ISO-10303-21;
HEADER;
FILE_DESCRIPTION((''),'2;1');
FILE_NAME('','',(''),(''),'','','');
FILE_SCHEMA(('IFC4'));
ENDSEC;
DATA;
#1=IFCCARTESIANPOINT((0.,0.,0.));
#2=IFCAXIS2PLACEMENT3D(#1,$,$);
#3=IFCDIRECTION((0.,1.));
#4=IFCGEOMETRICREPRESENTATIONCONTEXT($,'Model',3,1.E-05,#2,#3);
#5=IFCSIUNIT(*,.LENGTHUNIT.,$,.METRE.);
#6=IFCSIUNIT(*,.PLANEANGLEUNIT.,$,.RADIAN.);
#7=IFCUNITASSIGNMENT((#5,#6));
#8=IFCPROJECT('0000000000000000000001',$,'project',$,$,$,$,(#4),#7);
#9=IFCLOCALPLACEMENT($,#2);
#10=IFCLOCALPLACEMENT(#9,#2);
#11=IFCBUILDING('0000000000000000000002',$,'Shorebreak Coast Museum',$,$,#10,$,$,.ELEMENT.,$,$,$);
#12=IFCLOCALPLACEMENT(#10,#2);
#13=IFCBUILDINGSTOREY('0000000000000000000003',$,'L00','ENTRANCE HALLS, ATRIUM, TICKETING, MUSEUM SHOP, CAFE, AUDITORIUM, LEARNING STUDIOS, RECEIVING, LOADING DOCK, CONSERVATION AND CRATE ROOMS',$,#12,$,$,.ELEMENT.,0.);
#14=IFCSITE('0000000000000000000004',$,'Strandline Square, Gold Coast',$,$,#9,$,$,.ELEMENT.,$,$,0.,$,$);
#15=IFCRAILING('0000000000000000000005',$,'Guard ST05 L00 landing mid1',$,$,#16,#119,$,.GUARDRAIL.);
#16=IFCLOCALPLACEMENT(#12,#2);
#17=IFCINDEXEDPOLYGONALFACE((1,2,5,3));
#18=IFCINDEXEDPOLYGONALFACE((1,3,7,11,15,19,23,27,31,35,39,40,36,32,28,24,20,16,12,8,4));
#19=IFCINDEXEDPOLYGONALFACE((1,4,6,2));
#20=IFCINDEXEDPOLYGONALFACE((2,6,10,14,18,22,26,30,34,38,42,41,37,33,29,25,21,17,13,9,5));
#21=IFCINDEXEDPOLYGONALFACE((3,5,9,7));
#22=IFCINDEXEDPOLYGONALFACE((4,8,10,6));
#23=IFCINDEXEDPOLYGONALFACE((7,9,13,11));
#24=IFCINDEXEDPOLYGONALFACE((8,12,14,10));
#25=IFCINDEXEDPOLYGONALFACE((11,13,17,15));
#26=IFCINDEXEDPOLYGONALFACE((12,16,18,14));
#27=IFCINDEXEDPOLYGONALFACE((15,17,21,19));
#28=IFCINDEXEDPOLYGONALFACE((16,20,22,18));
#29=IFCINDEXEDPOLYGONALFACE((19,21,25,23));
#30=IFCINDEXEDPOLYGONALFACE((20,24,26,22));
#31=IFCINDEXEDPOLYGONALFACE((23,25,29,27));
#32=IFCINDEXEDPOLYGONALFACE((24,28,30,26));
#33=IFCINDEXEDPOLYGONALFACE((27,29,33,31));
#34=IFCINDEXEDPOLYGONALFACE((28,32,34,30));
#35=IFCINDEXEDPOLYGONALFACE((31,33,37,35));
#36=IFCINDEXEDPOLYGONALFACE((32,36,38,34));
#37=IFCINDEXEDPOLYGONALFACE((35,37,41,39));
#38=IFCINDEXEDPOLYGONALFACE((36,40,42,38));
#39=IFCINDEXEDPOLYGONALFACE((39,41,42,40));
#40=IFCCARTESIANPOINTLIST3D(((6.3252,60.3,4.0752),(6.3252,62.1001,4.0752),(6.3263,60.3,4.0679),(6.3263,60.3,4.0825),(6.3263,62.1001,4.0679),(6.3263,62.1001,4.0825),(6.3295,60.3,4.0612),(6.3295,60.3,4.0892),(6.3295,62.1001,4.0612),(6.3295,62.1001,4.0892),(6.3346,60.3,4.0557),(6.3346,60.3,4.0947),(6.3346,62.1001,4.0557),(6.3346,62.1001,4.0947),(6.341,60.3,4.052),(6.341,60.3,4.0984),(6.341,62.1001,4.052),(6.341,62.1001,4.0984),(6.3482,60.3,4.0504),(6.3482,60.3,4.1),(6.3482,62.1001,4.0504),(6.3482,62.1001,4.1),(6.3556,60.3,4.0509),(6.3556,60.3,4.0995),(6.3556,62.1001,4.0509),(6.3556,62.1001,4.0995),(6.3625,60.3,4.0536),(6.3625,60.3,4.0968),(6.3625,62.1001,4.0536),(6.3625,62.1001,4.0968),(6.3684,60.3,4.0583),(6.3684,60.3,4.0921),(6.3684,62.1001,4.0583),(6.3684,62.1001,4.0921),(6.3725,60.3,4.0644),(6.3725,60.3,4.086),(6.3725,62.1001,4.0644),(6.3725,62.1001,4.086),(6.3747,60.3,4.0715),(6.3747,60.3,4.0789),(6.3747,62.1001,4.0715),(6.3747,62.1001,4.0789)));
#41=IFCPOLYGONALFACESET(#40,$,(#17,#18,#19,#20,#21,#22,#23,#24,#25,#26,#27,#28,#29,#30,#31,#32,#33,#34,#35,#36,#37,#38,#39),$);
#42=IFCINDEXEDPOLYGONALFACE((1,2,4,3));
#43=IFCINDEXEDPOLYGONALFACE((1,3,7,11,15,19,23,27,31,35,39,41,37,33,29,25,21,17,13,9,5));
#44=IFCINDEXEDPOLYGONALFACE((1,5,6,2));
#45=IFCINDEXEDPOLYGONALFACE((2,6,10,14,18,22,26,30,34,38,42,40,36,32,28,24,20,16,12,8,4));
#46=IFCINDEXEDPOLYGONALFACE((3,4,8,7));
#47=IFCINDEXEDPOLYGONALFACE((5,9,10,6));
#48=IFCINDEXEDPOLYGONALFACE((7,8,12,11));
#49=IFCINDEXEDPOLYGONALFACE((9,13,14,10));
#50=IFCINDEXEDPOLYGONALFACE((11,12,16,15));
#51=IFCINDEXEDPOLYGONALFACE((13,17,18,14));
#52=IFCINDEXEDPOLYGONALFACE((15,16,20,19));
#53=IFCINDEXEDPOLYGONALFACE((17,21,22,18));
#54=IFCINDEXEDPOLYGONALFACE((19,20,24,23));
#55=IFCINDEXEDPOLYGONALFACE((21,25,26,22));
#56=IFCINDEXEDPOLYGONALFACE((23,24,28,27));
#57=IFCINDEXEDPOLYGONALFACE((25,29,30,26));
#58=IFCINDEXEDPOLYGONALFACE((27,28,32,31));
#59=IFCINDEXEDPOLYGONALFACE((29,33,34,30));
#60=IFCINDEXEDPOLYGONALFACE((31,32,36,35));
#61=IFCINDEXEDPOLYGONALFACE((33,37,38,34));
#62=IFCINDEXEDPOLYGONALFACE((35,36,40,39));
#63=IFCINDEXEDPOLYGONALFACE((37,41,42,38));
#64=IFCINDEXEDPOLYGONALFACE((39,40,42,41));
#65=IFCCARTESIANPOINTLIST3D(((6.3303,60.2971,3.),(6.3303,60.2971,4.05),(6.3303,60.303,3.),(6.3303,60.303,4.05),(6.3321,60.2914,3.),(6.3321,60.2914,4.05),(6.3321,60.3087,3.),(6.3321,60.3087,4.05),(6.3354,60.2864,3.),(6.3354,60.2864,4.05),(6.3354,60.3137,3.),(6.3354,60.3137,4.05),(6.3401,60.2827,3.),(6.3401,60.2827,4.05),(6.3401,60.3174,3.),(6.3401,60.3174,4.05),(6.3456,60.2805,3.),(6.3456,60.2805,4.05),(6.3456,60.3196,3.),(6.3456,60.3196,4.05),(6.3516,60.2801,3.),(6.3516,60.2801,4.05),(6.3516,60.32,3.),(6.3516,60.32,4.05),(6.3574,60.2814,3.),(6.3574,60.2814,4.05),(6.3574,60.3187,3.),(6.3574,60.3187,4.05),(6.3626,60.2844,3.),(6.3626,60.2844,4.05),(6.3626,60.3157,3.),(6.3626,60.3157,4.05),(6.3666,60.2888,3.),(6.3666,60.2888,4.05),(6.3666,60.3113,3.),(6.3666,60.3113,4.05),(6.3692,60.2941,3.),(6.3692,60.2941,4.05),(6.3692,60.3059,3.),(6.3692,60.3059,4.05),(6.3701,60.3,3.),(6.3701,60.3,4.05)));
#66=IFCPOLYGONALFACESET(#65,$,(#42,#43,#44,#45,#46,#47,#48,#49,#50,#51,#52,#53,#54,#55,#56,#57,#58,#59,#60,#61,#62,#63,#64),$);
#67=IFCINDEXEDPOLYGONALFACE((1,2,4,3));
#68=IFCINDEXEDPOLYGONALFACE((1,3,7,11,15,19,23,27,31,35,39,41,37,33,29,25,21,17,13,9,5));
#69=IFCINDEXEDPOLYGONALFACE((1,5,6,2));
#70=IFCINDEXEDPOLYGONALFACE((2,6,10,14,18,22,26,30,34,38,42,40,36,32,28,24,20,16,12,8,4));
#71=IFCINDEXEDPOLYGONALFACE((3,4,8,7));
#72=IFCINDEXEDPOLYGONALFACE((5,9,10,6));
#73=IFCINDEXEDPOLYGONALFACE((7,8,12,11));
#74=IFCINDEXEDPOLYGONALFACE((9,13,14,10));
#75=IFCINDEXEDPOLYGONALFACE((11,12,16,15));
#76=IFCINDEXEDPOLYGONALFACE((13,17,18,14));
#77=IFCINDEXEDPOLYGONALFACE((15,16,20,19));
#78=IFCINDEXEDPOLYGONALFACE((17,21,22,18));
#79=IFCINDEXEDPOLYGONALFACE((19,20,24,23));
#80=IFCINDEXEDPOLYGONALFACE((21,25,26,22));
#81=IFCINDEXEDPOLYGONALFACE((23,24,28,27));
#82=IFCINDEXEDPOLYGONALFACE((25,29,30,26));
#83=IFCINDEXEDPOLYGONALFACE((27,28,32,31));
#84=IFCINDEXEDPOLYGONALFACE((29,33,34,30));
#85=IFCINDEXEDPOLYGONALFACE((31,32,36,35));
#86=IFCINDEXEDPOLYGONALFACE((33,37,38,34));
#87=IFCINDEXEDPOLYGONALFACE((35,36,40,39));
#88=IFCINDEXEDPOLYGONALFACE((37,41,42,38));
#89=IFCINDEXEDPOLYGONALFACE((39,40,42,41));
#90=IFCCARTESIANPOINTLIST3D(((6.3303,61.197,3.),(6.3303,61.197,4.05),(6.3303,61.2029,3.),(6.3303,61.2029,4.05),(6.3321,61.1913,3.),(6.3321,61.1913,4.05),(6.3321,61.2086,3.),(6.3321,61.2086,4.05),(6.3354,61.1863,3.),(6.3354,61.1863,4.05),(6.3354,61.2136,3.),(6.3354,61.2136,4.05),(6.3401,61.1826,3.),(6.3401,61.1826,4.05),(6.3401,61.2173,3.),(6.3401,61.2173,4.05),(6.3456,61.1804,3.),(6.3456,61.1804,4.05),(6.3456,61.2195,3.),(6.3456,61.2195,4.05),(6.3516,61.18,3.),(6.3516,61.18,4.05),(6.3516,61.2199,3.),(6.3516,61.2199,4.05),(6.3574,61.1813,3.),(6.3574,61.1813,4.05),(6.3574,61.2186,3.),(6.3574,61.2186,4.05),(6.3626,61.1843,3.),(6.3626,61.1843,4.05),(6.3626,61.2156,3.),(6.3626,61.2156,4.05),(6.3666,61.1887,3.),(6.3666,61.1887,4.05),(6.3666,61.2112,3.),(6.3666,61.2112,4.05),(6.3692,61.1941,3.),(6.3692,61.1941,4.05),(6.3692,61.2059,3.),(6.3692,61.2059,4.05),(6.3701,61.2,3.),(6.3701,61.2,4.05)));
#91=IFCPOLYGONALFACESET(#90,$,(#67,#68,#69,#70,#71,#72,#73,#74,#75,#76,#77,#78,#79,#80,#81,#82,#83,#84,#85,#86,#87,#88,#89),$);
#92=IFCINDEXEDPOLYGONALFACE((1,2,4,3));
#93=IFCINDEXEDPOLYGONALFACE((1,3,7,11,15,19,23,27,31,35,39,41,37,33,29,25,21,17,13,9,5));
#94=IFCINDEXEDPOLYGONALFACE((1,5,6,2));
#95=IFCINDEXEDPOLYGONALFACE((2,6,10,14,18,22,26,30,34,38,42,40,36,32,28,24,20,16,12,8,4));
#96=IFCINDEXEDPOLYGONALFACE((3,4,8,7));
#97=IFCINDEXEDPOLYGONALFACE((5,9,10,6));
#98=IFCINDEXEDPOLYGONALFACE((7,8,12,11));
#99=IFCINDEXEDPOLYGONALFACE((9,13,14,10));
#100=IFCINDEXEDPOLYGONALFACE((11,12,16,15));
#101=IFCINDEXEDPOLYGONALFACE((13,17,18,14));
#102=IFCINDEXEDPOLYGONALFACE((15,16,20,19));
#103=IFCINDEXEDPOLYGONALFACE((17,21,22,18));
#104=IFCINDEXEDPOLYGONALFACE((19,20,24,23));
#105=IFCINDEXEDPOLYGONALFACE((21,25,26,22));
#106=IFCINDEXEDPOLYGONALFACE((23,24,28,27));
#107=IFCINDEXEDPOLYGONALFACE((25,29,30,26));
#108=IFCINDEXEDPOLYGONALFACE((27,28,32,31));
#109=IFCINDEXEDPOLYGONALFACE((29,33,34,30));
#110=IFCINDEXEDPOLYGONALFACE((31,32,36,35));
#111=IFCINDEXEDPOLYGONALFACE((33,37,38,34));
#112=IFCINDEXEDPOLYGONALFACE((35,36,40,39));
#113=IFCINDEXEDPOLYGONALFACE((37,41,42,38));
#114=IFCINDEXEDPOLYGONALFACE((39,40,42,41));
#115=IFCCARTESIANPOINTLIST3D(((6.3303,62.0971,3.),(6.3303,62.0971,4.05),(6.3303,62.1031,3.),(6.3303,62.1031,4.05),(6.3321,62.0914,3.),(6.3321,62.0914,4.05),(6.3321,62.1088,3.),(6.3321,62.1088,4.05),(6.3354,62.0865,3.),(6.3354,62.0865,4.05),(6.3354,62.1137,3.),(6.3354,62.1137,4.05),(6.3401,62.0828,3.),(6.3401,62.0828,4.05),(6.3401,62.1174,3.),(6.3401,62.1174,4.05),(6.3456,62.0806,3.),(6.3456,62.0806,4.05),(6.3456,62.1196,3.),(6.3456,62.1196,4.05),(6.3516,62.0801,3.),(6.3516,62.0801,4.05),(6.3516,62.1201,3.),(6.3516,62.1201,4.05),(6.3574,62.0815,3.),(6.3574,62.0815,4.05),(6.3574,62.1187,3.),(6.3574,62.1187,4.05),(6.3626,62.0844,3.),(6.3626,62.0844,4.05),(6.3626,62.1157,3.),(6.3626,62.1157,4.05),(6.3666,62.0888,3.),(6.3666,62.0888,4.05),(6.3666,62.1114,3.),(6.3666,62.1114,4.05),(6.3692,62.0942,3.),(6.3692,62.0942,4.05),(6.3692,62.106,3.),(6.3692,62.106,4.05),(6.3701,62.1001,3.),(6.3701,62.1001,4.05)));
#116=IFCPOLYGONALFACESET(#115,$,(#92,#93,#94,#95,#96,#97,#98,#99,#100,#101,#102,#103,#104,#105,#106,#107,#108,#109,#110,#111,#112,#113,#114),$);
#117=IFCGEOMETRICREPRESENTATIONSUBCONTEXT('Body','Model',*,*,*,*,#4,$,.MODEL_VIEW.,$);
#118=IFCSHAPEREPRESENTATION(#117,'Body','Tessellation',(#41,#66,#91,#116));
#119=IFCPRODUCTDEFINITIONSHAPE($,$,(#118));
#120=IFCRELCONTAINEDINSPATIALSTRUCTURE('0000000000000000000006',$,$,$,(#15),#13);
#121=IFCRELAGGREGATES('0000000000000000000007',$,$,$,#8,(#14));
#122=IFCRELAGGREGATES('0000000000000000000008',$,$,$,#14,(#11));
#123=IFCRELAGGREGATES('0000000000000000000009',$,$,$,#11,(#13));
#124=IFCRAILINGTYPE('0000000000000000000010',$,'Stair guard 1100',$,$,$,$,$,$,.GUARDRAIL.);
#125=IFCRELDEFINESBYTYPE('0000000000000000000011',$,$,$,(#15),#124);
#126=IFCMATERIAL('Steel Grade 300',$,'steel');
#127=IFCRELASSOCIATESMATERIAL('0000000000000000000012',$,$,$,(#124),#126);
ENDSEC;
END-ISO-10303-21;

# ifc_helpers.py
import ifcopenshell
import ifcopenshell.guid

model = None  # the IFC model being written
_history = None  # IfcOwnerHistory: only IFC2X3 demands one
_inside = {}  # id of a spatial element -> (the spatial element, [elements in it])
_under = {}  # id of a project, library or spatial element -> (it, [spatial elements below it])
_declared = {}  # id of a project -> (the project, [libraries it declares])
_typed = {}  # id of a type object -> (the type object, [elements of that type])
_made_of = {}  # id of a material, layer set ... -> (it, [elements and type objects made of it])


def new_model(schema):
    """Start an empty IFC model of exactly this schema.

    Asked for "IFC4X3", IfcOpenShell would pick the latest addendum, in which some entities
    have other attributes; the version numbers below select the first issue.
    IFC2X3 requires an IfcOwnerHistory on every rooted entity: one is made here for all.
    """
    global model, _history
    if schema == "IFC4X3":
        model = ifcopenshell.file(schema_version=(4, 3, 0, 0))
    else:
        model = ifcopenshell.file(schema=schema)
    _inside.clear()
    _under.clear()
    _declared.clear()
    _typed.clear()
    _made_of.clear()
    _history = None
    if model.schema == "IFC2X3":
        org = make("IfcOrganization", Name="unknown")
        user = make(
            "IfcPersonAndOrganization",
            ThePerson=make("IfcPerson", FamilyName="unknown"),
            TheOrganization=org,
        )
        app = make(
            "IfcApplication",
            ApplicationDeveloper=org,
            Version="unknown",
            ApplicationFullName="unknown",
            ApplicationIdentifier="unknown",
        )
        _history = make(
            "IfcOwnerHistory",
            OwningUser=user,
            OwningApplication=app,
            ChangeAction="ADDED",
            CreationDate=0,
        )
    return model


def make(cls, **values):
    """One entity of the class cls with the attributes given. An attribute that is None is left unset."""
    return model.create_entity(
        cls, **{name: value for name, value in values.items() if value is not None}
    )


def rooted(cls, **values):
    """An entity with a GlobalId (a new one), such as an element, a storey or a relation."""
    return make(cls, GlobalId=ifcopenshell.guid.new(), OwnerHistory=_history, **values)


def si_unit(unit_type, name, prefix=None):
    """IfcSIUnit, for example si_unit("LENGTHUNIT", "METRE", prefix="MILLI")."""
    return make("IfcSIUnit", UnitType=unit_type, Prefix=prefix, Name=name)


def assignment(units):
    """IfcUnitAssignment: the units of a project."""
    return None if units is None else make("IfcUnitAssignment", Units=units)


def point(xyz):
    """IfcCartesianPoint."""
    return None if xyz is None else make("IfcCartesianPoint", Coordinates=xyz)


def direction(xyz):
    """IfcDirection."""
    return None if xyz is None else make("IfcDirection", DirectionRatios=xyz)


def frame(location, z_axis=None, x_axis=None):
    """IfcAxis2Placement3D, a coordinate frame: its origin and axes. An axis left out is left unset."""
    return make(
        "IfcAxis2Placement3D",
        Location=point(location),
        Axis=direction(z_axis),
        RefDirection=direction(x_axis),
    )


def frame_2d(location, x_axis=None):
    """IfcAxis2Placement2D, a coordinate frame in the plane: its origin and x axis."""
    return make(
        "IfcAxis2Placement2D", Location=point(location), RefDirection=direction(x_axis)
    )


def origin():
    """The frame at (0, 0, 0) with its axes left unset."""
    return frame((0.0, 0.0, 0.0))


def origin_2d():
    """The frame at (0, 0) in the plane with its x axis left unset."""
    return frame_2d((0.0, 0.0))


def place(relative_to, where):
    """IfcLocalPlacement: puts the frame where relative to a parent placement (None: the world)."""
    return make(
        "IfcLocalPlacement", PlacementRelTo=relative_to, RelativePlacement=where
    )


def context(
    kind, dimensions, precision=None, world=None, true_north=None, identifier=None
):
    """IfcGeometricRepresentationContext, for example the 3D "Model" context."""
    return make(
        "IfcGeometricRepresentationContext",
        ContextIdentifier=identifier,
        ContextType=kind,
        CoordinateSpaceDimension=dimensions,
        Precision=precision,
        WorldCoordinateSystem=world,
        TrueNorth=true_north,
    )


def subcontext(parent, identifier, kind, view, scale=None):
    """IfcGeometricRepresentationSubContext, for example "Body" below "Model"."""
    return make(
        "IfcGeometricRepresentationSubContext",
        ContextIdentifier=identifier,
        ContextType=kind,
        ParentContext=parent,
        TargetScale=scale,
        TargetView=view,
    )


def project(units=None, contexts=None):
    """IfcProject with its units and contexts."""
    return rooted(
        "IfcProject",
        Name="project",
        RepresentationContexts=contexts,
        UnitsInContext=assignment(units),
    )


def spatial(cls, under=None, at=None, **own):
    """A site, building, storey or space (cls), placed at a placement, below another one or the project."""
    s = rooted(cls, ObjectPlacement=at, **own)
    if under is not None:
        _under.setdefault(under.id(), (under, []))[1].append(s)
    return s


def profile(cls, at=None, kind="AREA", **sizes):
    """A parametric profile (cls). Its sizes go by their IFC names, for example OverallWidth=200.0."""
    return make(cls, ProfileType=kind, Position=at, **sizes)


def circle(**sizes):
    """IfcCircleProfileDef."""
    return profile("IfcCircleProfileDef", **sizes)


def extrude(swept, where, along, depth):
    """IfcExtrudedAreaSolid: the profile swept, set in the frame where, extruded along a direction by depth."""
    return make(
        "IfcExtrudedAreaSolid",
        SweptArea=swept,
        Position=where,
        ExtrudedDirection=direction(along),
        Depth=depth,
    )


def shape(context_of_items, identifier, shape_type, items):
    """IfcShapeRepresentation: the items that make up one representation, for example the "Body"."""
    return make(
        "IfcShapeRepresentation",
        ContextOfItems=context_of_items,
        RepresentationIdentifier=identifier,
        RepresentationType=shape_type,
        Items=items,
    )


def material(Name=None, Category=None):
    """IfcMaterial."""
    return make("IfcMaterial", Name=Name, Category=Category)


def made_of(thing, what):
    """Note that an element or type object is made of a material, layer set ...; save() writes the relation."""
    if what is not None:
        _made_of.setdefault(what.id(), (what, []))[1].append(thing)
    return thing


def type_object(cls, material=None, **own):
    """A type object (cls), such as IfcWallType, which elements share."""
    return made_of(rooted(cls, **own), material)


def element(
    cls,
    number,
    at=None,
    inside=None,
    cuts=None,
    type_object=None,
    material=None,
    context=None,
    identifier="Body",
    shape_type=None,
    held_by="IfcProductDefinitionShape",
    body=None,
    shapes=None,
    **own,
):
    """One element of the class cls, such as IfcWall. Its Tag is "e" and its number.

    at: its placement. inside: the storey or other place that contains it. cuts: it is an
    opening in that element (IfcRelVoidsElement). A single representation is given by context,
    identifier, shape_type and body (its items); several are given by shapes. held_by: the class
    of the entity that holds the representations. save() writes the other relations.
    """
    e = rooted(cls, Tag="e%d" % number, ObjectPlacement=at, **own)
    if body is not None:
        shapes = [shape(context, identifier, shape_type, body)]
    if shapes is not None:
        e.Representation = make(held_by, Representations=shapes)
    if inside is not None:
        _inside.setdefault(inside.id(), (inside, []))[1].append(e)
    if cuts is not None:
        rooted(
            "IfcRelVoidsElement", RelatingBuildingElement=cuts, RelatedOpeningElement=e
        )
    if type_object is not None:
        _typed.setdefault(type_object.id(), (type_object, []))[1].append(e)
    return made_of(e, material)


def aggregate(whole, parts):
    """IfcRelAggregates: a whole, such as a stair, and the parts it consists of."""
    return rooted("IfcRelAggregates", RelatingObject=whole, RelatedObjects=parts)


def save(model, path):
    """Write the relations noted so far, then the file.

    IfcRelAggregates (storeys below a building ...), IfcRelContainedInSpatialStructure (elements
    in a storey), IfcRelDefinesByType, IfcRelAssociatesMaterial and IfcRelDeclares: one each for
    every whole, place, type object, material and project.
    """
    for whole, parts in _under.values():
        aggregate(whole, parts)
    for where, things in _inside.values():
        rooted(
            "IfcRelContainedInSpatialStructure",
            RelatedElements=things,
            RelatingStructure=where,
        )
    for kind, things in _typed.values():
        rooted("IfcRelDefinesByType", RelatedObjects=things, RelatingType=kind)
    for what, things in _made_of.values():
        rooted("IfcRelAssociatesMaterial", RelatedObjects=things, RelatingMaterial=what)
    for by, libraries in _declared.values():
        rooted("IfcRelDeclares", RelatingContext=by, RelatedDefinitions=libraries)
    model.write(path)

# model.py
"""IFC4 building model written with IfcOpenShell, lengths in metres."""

from ifc_helpers import new_model, si_unit, direction, frame, origin, origin_2d, place, context, subcontext, project, spatial, circle, extrude, material, type_object, element, save


model = new_model("IFC4")

# Units and contexts
model_context = context("Model", 3, precision=1e-05, world=origin(), true_north=direction((0.0, 1.0)))
body_context = subcontext(model_context, "Body", "Model", "MODEL_VIEW")
ifc_project = project(units=[si_unit("LENGTHUNIT", "METRE"), si_unit("PLANEANGLEUNIT", "RADIAN")], contexts=[model_context])

# Site, building, storey
site_placement = place(None, origin())
site = spatial("IfcSite", under=ifc_project, at=site_placement, Name="Strandline Square, Gold Coast", CompositionType="ELEMENT", RefElevation=0.0)
building_placement = place(site_placement, origin())
building = spatial("IfcBuilding", under=site, at=building_placement, Name="Shorebreak Coast Museum", CompositionType="ELEMENT")
storey_placement = place(building_placement, origin())
storey = spatial("IfcBuildingStorey", under=building, at=storey_placement, Name="L00", Description="ENTRANCE HALLS, ATRIUM, TICKETING, MUSEUM SHOP, CAFE, AUDITORIUM, LEARNING STUDIOS, RECEIVING, LOADING DOCK, CONSERVATION AND CRATE ROOMS", CompositionType="ELEMENT", Elevation=0.0)

# Railing
ifc_material_1 = material(Name="Steel Grade 300", Category="steel")
railing_type_1 = type_object("IfcRailingType", Name="Stair guard 1100", PredefinedType="GUARDRAIL", material=ifc_material_1)
railing_1_placement = place(storey_placement, frame((6.3501, 60.3, 3.0)))
element("IfcRailing", 1, at=railing_1_placement, inside=storey, type_object=railing_type_1, Name="Guard ST05 L00 landing mid1", PredefinedType="GUARDRAIL", context=body_context, shape_type="SweptSolid", body=[
    extrude(circle(Radius=0.0249, at=origin_2d()), frame((0.0, 0.0, 1.0752), z_axis=(0.0, 1.0, 0.0), x_axis=(-1.0, 0.0, 0.0)), (0.0, 0.0, 1.0), 1.8),
    extrude(circle(Radius=0.02, at=origin_2d()), origin(), (0.0, 0.0, 1.0), 1.05),
    extrude(circle(Radius=0.02, at=origin_2d()), frame((0.0, 0.8999, 0.0)), (0.0, 0.0, 1.0), 1.05),
    extrude(circle(Radius=0.02, at=origin_2d()), frame((0.0, 1.8, 0.0)), (0.0, 0.0, 1.0), 1.05),
])

save(model, "model.ifc")
